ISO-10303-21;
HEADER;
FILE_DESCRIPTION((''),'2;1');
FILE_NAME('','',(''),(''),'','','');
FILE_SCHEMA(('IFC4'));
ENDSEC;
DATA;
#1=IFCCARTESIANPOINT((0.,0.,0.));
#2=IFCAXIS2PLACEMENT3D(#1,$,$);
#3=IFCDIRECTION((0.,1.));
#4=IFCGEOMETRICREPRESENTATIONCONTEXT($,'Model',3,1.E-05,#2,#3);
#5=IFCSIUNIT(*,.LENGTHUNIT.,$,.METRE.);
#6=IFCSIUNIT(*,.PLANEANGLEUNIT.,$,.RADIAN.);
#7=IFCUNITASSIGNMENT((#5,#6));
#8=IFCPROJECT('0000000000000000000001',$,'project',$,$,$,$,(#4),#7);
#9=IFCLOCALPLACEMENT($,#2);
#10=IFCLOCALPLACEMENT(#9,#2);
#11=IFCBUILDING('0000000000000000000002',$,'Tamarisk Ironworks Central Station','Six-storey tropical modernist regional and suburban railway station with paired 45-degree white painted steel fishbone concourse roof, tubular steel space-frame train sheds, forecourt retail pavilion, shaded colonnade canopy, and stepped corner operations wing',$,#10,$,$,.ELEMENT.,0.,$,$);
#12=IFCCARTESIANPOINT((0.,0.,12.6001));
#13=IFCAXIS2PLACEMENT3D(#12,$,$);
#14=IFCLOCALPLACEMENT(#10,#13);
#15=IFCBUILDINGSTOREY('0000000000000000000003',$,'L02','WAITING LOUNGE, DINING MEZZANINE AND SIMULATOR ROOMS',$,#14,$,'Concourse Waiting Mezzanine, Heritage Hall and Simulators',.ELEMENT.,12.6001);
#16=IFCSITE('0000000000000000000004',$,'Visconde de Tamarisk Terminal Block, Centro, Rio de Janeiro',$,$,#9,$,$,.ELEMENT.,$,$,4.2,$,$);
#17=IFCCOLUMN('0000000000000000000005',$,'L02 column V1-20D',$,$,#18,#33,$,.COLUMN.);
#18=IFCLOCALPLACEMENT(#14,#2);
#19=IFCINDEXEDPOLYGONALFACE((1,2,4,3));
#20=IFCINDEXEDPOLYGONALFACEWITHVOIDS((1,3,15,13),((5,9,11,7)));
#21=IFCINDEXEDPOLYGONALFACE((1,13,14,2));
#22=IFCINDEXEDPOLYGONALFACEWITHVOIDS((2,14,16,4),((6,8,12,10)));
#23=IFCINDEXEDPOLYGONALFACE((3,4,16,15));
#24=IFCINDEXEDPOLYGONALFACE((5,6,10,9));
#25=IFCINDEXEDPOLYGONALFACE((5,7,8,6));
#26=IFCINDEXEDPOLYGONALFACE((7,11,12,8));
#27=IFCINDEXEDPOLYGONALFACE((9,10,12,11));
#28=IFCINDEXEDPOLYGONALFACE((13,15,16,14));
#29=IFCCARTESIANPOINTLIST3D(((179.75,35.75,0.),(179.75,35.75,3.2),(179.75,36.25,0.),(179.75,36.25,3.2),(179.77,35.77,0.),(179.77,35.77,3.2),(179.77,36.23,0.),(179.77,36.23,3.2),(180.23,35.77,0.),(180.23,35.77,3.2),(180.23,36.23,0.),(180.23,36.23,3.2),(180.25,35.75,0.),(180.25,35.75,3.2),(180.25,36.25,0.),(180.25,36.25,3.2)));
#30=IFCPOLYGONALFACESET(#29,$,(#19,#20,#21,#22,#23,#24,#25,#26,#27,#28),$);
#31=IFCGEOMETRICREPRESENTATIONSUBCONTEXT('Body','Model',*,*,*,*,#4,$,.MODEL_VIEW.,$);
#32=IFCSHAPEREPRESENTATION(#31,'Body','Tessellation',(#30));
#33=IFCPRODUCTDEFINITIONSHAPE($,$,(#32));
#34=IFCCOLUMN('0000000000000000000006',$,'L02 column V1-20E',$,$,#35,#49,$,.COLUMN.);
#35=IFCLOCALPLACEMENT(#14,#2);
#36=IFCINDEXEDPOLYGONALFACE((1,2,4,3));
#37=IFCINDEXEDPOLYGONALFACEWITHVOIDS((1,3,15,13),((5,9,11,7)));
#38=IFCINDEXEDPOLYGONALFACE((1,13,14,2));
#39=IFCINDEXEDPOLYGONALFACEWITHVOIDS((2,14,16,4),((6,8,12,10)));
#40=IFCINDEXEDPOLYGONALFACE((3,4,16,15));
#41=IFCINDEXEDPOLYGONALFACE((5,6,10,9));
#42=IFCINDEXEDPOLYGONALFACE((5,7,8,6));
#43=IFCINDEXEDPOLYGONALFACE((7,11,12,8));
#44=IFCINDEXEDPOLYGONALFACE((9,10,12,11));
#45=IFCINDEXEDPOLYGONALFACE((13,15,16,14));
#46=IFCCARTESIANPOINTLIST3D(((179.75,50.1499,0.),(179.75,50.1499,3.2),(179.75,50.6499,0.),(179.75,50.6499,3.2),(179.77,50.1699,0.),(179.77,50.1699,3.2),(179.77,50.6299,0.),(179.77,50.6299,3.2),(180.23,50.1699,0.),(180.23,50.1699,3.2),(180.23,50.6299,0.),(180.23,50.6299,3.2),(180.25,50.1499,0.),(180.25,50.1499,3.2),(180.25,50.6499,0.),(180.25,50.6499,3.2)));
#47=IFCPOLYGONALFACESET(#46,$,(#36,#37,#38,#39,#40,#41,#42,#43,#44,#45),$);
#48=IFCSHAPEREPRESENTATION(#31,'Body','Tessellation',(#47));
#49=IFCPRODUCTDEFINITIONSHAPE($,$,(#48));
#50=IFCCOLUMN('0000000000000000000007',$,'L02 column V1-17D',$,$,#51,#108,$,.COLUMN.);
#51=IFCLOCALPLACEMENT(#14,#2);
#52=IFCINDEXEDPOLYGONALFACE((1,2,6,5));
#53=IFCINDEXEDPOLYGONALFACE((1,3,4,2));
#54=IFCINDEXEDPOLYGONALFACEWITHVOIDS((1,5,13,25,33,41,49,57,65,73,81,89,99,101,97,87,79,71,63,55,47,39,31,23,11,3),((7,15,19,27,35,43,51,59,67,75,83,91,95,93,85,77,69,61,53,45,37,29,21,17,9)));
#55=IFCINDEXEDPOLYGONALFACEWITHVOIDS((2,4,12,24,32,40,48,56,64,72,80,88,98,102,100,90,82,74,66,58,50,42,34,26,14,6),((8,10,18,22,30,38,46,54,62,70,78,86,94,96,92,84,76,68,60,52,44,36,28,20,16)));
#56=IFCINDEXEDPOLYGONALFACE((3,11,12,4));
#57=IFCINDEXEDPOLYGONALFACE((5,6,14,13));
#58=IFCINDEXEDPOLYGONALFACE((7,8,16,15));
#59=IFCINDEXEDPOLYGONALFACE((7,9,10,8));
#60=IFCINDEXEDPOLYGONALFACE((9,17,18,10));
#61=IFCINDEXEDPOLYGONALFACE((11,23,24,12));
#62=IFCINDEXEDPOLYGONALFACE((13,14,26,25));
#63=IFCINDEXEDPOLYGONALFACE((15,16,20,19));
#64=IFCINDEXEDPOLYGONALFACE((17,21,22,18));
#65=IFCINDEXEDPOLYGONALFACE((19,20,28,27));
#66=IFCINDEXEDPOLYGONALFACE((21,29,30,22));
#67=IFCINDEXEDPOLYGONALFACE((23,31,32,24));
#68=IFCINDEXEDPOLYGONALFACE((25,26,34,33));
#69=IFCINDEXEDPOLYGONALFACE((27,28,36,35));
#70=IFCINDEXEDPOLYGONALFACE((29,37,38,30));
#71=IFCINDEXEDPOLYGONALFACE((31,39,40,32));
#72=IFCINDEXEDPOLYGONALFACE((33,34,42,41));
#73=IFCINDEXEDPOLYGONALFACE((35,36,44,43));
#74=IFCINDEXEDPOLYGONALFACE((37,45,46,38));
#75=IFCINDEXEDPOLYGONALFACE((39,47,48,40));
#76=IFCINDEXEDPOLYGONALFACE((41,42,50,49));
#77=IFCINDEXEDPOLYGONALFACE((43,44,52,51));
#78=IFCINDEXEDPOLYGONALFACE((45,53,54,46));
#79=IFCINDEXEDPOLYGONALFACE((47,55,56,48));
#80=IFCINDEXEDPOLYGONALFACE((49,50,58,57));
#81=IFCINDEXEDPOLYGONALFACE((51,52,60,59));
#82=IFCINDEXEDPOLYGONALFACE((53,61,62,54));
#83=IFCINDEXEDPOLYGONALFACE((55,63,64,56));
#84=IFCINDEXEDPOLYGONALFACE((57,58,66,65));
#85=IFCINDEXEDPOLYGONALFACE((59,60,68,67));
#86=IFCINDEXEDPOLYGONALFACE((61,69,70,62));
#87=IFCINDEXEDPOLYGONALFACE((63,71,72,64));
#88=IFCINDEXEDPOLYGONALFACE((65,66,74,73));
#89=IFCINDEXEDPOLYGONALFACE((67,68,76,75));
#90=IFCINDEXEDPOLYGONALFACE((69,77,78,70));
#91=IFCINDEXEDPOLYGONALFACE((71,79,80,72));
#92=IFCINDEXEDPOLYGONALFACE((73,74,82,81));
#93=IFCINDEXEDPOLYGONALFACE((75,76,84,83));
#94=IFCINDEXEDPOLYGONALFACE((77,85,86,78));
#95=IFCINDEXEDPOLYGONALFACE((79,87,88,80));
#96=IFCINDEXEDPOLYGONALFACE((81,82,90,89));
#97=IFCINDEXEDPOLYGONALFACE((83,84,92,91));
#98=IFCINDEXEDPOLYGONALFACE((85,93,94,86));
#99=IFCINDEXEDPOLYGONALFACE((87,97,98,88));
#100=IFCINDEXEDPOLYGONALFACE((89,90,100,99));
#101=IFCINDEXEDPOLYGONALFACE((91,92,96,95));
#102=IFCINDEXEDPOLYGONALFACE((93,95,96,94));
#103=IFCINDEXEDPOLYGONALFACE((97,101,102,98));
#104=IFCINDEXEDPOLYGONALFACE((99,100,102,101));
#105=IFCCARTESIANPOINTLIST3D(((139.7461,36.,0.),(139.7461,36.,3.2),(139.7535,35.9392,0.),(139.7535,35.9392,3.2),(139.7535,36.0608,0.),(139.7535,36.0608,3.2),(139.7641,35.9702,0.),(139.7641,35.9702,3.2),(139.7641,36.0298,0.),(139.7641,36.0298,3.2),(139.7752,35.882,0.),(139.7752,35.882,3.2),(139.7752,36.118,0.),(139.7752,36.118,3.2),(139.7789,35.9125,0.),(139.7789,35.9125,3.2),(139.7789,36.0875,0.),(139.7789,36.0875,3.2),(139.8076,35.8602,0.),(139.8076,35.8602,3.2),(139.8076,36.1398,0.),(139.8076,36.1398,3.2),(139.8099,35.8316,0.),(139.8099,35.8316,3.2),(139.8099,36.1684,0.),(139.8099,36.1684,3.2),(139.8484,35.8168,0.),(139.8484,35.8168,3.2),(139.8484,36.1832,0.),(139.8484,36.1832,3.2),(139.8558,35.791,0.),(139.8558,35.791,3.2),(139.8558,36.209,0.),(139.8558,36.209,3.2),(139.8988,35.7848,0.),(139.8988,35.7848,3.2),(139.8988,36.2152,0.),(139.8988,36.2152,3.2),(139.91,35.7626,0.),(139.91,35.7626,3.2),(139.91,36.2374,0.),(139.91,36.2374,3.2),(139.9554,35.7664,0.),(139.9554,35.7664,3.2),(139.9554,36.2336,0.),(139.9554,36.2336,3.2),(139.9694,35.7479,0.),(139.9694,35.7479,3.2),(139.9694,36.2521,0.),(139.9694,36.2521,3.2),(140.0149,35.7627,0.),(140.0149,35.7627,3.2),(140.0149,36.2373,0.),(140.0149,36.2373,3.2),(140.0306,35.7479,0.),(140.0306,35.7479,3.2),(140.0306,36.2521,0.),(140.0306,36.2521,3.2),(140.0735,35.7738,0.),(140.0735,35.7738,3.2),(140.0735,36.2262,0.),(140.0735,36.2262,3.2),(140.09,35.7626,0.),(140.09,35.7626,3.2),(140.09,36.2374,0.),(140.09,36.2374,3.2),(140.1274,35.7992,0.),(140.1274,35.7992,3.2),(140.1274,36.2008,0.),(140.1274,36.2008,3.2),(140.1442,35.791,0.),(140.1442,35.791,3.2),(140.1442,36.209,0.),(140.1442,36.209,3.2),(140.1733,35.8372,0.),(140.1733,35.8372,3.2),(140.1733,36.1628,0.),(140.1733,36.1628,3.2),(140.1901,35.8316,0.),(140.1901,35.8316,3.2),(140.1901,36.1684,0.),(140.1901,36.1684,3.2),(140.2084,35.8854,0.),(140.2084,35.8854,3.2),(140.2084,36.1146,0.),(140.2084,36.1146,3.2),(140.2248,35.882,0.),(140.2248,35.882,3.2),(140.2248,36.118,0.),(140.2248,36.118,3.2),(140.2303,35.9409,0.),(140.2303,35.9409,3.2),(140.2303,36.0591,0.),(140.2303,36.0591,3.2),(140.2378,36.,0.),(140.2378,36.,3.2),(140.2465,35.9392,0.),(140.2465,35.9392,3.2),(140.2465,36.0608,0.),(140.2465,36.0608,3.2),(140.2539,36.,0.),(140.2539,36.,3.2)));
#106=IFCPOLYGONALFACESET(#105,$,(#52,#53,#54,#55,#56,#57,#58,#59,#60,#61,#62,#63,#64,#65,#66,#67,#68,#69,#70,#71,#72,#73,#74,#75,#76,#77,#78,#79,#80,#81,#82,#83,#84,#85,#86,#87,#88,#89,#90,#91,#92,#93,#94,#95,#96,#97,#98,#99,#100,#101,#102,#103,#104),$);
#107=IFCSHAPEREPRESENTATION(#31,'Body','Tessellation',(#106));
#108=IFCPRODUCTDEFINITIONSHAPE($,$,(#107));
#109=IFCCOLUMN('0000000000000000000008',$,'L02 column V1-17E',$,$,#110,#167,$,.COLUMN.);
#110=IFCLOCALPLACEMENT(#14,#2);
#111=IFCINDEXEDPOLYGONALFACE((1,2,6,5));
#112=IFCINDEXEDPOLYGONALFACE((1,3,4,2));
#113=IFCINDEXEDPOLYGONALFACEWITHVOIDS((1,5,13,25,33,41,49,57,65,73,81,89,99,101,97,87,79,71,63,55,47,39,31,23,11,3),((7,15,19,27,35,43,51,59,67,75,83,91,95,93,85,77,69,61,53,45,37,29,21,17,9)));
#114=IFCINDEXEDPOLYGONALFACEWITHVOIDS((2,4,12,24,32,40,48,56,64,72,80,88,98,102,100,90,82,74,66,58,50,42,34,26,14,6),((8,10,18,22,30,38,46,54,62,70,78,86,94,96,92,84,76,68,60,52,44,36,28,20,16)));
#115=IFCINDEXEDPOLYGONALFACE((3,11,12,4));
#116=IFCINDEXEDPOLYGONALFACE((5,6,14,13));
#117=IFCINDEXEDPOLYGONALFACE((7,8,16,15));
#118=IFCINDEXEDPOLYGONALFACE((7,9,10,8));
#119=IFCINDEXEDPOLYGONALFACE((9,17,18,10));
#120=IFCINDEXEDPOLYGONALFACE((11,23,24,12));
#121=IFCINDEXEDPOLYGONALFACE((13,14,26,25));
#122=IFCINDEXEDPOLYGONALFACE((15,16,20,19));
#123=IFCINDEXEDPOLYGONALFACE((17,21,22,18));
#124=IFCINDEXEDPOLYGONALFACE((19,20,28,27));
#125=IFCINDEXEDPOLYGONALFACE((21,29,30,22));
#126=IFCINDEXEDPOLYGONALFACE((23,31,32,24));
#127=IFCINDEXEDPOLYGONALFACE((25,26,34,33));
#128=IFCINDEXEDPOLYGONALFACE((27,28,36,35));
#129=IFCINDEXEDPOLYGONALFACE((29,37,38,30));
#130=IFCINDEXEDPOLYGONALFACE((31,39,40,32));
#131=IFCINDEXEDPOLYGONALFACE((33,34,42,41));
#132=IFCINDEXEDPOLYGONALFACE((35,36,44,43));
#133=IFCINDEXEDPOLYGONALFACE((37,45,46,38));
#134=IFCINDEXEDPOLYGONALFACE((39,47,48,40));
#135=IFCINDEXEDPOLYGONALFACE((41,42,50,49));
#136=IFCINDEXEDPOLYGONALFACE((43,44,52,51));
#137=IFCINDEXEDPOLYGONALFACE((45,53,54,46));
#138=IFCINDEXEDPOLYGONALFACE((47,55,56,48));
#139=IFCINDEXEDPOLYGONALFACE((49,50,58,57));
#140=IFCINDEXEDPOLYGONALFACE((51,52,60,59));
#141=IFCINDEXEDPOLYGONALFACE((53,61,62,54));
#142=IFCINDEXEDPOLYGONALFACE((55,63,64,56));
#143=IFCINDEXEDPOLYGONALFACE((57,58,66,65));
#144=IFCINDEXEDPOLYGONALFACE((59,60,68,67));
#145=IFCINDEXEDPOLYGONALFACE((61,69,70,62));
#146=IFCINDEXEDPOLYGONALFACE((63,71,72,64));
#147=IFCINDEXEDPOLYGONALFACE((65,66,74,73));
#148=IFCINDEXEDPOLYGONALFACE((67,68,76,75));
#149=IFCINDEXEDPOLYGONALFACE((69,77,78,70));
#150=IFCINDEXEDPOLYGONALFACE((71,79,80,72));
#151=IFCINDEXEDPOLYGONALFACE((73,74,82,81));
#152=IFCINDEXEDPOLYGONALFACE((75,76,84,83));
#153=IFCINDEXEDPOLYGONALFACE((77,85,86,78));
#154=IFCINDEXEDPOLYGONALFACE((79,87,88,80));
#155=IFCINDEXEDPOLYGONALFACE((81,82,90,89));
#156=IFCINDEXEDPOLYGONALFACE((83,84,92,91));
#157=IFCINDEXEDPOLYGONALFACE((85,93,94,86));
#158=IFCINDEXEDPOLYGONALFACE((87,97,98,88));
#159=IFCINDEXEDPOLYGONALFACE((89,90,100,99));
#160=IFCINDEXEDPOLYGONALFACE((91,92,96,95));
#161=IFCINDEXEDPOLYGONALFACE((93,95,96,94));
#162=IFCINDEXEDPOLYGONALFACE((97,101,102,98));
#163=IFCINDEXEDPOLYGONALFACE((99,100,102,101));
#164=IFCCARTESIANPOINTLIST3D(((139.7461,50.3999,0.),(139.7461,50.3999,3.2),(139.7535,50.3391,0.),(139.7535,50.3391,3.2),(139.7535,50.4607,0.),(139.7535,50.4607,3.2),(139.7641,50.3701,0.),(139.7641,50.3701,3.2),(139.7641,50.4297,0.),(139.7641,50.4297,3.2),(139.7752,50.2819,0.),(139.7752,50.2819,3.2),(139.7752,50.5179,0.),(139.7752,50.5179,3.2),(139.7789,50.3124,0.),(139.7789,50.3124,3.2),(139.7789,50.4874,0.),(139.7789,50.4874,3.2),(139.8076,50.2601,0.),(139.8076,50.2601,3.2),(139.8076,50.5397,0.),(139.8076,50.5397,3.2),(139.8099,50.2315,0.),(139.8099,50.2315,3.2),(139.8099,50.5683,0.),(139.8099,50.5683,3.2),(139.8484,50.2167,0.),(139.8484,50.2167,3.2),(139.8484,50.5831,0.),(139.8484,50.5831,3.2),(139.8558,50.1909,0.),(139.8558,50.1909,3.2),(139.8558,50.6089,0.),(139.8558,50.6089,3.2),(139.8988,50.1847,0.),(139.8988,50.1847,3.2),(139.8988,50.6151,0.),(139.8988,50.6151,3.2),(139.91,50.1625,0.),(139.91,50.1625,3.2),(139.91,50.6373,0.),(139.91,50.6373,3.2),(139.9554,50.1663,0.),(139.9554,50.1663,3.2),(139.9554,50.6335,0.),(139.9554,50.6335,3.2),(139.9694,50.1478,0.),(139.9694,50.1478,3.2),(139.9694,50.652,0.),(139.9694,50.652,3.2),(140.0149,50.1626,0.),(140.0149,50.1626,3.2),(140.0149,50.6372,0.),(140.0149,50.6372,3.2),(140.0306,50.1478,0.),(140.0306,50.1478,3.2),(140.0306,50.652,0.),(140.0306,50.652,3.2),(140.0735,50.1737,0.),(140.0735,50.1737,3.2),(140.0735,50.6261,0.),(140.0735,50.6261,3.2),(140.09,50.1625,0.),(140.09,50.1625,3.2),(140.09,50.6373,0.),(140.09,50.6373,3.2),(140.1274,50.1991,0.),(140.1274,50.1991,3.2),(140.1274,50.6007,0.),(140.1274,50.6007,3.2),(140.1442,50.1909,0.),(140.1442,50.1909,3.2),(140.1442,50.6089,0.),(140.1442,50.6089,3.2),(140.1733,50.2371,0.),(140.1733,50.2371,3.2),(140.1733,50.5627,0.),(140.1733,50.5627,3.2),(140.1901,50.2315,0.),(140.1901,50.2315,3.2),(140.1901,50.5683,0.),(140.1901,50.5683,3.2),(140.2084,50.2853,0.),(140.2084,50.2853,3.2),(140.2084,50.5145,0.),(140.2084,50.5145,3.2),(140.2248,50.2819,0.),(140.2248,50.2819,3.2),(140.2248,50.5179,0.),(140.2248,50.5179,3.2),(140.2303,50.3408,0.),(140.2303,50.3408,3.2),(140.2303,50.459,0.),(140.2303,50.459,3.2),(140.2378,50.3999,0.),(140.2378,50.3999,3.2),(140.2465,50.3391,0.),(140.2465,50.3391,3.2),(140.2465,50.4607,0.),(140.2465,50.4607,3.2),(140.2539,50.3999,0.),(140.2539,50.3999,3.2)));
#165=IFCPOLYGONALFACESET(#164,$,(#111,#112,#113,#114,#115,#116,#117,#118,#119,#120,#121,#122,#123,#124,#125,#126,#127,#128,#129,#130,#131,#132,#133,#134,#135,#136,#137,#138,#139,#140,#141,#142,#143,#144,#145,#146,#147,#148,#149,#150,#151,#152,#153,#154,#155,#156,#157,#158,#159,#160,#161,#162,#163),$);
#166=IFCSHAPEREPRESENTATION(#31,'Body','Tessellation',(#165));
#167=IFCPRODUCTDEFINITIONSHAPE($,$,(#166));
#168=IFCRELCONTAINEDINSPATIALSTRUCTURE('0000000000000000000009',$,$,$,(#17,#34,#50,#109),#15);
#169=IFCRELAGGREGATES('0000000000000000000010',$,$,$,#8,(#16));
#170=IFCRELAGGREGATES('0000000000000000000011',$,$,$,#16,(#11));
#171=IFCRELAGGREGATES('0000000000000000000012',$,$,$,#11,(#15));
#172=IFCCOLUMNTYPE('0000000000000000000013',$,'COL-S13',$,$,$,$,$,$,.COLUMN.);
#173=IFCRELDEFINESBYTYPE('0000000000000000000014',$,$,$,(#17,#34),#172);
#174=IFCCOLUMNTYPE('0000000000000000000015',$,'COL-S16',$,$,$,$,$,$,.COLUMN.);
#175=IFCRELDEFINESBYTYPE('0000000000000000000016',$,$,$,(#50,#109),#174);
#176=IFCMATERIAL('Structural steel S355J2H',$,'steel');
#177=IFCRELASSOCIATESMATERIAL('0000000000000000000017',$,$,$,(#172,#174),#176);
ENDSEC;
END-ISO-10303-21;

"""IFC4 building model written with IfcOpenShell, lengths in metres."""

from ifc_helpers import new_model, si_unit, direction, frame, origin, origin_2d, place, context, subcontext, project, spatial, hollow_rectangle, hollow_circle, extrude, material, material_profile, profile_set, type_object, element, save


model = new_model("IFC4")

# Units and contexts
model_context = context("Model", 3, precision=1e-05, world=origin(), true_north=direction((0.0, 1.0)))
body_context = subcontext(model_context, "Body", "Model", "MODEL_VIEW")
ifc_project = project(units=[si_unit("LENGTHUNIT", "METRE"), si_unit("PLANEANGLEUNIT", "RADIAN")], contexts=[model_context])

# Site, building, storey
site_placement = place(None, origin())
site = spatial("IfcSite", under=ifc_project, at=site_placement, Name="Visconde de Tamarisk Terminal Block, Centro, Rio de Janeiro", CompositionType="ELEMENT", RefElevation=4.2)
building_placement = place(site_placement, origin())
building = spatial("IfcBuilding", under=site, at=building_placement, Name="Tamarisk Ironworks Central Station", Description="Six-storey tropical modernist regional and suburban railway station with paired 45-degree white painted steel fishbone concourse roof, tubular steel space-frame train sheds, forecourt retail pavilion, shaded colonnade canopy, and stepped corner operations wing", CompositionType="ELEMENT", ElevationOfRefHeight=0.0)
storey_placement = place(building_placement, frame((0.0, 0.0, 12.6001)))
storey = spatial("IfcBuildingStorey", under=building, at=storey_placement, Name="L02", Description="WAITING LOUNGE, DINING MEZZANINE AND SIMULATOR ROOMS", LongName="Concourse Waiting Mezzanine, Heritage Hall and Simulators", CompositionType="ELEMENT", Elevation=12.6001)

# Columns
ifc_material_1 = material(Name="Structural steel S355J2H", Category="steel")
ifc_material_profile_1 = material_profile(ifc_material_1, hollow_rectangle(XDim=0.5, YDim=0.5, WallThickness=0.02, at=origin_2d()), Name="SHS 500x500x20")
ifc_profile_set_1 = profile_set([ifc_material_profile_1], Name="Structural steel S355J2H")
column_type_1 = type_object("IfcColumnType", Name="COL-S13", PredefinedType="COLUMN", material=ifc_profile_set_1)
for number, where, z_axis, x_axis, name in (
    (1, (180.0, 36.0, 0.0), (0.0, 0.0, 1.0), (1.0, 0.0, 0.0), "L02 column V1-20D"),
    (2, (180.0, 50.3999, 0.0), (0.0, 0.0, 1.0), (1.0, 0.0, 0.0), "L02 column V1-20E"),
):
    element("IfcColumn", number, at=place(storey_placement, frame(where, z_axis=z_axis, x_axis=x_axis)), inside=storey, type_object=column_type_1, Name=name, PredefinedType="COLUMN", context=body_context, shape_type="SweptSolid", body=[
        extrude(hollow_rectangle(XDim=0.5, YDim=0.5, WallThickness=0.02, at=origin_2d()), origin(), (0.0, 0.0, 1.0), 3.2),
    ])
ifc_material_profile_2 = material_profile(ifc_material_1, hollow_circle(Radius=0.2539, WallThickness=0.0161, at=origin_2d()), Name="CHS 508x16")
ifc_profile_set_2 = profile_set([ifc_material_profile_2], Name="Structural steel S355J2H")
column_type_2 = type_object("IfcColumnType", Name="COL-S16", PredefinedType="COLUMN", material=ifc_profile_set_2)
for number, where, z_axis, x_axis, name in (
    (3, (140.0, 36.0, 0.0), (0.0, 0.0, 1.0), (1.0, 0.0, 0.0), "L02 column V1-17D"),
    (4, (140.0, 50.3999, 0.0), (0.0, 0.0, 1.0), (1.0, 0.0, 0.0), "L02 column V1-17E"),
):
    element("IfcColumn", number, at=place(storey_placement, frame(where, z_axis=z_axis, x_axis=x_axis)), inside=storey, type_object=column_type_2, Name=name, PredefinedType="COLUMN", context=body_context, shape_type="SweptSolid", body=[
        extrude(hollow_circle(Radius=0.2539, WallThickness=0.0161, at=origin_2d()), origin(), (0.0, 0.0, 1.0), 3.2),
    ])

save(model, "model.ifc")
